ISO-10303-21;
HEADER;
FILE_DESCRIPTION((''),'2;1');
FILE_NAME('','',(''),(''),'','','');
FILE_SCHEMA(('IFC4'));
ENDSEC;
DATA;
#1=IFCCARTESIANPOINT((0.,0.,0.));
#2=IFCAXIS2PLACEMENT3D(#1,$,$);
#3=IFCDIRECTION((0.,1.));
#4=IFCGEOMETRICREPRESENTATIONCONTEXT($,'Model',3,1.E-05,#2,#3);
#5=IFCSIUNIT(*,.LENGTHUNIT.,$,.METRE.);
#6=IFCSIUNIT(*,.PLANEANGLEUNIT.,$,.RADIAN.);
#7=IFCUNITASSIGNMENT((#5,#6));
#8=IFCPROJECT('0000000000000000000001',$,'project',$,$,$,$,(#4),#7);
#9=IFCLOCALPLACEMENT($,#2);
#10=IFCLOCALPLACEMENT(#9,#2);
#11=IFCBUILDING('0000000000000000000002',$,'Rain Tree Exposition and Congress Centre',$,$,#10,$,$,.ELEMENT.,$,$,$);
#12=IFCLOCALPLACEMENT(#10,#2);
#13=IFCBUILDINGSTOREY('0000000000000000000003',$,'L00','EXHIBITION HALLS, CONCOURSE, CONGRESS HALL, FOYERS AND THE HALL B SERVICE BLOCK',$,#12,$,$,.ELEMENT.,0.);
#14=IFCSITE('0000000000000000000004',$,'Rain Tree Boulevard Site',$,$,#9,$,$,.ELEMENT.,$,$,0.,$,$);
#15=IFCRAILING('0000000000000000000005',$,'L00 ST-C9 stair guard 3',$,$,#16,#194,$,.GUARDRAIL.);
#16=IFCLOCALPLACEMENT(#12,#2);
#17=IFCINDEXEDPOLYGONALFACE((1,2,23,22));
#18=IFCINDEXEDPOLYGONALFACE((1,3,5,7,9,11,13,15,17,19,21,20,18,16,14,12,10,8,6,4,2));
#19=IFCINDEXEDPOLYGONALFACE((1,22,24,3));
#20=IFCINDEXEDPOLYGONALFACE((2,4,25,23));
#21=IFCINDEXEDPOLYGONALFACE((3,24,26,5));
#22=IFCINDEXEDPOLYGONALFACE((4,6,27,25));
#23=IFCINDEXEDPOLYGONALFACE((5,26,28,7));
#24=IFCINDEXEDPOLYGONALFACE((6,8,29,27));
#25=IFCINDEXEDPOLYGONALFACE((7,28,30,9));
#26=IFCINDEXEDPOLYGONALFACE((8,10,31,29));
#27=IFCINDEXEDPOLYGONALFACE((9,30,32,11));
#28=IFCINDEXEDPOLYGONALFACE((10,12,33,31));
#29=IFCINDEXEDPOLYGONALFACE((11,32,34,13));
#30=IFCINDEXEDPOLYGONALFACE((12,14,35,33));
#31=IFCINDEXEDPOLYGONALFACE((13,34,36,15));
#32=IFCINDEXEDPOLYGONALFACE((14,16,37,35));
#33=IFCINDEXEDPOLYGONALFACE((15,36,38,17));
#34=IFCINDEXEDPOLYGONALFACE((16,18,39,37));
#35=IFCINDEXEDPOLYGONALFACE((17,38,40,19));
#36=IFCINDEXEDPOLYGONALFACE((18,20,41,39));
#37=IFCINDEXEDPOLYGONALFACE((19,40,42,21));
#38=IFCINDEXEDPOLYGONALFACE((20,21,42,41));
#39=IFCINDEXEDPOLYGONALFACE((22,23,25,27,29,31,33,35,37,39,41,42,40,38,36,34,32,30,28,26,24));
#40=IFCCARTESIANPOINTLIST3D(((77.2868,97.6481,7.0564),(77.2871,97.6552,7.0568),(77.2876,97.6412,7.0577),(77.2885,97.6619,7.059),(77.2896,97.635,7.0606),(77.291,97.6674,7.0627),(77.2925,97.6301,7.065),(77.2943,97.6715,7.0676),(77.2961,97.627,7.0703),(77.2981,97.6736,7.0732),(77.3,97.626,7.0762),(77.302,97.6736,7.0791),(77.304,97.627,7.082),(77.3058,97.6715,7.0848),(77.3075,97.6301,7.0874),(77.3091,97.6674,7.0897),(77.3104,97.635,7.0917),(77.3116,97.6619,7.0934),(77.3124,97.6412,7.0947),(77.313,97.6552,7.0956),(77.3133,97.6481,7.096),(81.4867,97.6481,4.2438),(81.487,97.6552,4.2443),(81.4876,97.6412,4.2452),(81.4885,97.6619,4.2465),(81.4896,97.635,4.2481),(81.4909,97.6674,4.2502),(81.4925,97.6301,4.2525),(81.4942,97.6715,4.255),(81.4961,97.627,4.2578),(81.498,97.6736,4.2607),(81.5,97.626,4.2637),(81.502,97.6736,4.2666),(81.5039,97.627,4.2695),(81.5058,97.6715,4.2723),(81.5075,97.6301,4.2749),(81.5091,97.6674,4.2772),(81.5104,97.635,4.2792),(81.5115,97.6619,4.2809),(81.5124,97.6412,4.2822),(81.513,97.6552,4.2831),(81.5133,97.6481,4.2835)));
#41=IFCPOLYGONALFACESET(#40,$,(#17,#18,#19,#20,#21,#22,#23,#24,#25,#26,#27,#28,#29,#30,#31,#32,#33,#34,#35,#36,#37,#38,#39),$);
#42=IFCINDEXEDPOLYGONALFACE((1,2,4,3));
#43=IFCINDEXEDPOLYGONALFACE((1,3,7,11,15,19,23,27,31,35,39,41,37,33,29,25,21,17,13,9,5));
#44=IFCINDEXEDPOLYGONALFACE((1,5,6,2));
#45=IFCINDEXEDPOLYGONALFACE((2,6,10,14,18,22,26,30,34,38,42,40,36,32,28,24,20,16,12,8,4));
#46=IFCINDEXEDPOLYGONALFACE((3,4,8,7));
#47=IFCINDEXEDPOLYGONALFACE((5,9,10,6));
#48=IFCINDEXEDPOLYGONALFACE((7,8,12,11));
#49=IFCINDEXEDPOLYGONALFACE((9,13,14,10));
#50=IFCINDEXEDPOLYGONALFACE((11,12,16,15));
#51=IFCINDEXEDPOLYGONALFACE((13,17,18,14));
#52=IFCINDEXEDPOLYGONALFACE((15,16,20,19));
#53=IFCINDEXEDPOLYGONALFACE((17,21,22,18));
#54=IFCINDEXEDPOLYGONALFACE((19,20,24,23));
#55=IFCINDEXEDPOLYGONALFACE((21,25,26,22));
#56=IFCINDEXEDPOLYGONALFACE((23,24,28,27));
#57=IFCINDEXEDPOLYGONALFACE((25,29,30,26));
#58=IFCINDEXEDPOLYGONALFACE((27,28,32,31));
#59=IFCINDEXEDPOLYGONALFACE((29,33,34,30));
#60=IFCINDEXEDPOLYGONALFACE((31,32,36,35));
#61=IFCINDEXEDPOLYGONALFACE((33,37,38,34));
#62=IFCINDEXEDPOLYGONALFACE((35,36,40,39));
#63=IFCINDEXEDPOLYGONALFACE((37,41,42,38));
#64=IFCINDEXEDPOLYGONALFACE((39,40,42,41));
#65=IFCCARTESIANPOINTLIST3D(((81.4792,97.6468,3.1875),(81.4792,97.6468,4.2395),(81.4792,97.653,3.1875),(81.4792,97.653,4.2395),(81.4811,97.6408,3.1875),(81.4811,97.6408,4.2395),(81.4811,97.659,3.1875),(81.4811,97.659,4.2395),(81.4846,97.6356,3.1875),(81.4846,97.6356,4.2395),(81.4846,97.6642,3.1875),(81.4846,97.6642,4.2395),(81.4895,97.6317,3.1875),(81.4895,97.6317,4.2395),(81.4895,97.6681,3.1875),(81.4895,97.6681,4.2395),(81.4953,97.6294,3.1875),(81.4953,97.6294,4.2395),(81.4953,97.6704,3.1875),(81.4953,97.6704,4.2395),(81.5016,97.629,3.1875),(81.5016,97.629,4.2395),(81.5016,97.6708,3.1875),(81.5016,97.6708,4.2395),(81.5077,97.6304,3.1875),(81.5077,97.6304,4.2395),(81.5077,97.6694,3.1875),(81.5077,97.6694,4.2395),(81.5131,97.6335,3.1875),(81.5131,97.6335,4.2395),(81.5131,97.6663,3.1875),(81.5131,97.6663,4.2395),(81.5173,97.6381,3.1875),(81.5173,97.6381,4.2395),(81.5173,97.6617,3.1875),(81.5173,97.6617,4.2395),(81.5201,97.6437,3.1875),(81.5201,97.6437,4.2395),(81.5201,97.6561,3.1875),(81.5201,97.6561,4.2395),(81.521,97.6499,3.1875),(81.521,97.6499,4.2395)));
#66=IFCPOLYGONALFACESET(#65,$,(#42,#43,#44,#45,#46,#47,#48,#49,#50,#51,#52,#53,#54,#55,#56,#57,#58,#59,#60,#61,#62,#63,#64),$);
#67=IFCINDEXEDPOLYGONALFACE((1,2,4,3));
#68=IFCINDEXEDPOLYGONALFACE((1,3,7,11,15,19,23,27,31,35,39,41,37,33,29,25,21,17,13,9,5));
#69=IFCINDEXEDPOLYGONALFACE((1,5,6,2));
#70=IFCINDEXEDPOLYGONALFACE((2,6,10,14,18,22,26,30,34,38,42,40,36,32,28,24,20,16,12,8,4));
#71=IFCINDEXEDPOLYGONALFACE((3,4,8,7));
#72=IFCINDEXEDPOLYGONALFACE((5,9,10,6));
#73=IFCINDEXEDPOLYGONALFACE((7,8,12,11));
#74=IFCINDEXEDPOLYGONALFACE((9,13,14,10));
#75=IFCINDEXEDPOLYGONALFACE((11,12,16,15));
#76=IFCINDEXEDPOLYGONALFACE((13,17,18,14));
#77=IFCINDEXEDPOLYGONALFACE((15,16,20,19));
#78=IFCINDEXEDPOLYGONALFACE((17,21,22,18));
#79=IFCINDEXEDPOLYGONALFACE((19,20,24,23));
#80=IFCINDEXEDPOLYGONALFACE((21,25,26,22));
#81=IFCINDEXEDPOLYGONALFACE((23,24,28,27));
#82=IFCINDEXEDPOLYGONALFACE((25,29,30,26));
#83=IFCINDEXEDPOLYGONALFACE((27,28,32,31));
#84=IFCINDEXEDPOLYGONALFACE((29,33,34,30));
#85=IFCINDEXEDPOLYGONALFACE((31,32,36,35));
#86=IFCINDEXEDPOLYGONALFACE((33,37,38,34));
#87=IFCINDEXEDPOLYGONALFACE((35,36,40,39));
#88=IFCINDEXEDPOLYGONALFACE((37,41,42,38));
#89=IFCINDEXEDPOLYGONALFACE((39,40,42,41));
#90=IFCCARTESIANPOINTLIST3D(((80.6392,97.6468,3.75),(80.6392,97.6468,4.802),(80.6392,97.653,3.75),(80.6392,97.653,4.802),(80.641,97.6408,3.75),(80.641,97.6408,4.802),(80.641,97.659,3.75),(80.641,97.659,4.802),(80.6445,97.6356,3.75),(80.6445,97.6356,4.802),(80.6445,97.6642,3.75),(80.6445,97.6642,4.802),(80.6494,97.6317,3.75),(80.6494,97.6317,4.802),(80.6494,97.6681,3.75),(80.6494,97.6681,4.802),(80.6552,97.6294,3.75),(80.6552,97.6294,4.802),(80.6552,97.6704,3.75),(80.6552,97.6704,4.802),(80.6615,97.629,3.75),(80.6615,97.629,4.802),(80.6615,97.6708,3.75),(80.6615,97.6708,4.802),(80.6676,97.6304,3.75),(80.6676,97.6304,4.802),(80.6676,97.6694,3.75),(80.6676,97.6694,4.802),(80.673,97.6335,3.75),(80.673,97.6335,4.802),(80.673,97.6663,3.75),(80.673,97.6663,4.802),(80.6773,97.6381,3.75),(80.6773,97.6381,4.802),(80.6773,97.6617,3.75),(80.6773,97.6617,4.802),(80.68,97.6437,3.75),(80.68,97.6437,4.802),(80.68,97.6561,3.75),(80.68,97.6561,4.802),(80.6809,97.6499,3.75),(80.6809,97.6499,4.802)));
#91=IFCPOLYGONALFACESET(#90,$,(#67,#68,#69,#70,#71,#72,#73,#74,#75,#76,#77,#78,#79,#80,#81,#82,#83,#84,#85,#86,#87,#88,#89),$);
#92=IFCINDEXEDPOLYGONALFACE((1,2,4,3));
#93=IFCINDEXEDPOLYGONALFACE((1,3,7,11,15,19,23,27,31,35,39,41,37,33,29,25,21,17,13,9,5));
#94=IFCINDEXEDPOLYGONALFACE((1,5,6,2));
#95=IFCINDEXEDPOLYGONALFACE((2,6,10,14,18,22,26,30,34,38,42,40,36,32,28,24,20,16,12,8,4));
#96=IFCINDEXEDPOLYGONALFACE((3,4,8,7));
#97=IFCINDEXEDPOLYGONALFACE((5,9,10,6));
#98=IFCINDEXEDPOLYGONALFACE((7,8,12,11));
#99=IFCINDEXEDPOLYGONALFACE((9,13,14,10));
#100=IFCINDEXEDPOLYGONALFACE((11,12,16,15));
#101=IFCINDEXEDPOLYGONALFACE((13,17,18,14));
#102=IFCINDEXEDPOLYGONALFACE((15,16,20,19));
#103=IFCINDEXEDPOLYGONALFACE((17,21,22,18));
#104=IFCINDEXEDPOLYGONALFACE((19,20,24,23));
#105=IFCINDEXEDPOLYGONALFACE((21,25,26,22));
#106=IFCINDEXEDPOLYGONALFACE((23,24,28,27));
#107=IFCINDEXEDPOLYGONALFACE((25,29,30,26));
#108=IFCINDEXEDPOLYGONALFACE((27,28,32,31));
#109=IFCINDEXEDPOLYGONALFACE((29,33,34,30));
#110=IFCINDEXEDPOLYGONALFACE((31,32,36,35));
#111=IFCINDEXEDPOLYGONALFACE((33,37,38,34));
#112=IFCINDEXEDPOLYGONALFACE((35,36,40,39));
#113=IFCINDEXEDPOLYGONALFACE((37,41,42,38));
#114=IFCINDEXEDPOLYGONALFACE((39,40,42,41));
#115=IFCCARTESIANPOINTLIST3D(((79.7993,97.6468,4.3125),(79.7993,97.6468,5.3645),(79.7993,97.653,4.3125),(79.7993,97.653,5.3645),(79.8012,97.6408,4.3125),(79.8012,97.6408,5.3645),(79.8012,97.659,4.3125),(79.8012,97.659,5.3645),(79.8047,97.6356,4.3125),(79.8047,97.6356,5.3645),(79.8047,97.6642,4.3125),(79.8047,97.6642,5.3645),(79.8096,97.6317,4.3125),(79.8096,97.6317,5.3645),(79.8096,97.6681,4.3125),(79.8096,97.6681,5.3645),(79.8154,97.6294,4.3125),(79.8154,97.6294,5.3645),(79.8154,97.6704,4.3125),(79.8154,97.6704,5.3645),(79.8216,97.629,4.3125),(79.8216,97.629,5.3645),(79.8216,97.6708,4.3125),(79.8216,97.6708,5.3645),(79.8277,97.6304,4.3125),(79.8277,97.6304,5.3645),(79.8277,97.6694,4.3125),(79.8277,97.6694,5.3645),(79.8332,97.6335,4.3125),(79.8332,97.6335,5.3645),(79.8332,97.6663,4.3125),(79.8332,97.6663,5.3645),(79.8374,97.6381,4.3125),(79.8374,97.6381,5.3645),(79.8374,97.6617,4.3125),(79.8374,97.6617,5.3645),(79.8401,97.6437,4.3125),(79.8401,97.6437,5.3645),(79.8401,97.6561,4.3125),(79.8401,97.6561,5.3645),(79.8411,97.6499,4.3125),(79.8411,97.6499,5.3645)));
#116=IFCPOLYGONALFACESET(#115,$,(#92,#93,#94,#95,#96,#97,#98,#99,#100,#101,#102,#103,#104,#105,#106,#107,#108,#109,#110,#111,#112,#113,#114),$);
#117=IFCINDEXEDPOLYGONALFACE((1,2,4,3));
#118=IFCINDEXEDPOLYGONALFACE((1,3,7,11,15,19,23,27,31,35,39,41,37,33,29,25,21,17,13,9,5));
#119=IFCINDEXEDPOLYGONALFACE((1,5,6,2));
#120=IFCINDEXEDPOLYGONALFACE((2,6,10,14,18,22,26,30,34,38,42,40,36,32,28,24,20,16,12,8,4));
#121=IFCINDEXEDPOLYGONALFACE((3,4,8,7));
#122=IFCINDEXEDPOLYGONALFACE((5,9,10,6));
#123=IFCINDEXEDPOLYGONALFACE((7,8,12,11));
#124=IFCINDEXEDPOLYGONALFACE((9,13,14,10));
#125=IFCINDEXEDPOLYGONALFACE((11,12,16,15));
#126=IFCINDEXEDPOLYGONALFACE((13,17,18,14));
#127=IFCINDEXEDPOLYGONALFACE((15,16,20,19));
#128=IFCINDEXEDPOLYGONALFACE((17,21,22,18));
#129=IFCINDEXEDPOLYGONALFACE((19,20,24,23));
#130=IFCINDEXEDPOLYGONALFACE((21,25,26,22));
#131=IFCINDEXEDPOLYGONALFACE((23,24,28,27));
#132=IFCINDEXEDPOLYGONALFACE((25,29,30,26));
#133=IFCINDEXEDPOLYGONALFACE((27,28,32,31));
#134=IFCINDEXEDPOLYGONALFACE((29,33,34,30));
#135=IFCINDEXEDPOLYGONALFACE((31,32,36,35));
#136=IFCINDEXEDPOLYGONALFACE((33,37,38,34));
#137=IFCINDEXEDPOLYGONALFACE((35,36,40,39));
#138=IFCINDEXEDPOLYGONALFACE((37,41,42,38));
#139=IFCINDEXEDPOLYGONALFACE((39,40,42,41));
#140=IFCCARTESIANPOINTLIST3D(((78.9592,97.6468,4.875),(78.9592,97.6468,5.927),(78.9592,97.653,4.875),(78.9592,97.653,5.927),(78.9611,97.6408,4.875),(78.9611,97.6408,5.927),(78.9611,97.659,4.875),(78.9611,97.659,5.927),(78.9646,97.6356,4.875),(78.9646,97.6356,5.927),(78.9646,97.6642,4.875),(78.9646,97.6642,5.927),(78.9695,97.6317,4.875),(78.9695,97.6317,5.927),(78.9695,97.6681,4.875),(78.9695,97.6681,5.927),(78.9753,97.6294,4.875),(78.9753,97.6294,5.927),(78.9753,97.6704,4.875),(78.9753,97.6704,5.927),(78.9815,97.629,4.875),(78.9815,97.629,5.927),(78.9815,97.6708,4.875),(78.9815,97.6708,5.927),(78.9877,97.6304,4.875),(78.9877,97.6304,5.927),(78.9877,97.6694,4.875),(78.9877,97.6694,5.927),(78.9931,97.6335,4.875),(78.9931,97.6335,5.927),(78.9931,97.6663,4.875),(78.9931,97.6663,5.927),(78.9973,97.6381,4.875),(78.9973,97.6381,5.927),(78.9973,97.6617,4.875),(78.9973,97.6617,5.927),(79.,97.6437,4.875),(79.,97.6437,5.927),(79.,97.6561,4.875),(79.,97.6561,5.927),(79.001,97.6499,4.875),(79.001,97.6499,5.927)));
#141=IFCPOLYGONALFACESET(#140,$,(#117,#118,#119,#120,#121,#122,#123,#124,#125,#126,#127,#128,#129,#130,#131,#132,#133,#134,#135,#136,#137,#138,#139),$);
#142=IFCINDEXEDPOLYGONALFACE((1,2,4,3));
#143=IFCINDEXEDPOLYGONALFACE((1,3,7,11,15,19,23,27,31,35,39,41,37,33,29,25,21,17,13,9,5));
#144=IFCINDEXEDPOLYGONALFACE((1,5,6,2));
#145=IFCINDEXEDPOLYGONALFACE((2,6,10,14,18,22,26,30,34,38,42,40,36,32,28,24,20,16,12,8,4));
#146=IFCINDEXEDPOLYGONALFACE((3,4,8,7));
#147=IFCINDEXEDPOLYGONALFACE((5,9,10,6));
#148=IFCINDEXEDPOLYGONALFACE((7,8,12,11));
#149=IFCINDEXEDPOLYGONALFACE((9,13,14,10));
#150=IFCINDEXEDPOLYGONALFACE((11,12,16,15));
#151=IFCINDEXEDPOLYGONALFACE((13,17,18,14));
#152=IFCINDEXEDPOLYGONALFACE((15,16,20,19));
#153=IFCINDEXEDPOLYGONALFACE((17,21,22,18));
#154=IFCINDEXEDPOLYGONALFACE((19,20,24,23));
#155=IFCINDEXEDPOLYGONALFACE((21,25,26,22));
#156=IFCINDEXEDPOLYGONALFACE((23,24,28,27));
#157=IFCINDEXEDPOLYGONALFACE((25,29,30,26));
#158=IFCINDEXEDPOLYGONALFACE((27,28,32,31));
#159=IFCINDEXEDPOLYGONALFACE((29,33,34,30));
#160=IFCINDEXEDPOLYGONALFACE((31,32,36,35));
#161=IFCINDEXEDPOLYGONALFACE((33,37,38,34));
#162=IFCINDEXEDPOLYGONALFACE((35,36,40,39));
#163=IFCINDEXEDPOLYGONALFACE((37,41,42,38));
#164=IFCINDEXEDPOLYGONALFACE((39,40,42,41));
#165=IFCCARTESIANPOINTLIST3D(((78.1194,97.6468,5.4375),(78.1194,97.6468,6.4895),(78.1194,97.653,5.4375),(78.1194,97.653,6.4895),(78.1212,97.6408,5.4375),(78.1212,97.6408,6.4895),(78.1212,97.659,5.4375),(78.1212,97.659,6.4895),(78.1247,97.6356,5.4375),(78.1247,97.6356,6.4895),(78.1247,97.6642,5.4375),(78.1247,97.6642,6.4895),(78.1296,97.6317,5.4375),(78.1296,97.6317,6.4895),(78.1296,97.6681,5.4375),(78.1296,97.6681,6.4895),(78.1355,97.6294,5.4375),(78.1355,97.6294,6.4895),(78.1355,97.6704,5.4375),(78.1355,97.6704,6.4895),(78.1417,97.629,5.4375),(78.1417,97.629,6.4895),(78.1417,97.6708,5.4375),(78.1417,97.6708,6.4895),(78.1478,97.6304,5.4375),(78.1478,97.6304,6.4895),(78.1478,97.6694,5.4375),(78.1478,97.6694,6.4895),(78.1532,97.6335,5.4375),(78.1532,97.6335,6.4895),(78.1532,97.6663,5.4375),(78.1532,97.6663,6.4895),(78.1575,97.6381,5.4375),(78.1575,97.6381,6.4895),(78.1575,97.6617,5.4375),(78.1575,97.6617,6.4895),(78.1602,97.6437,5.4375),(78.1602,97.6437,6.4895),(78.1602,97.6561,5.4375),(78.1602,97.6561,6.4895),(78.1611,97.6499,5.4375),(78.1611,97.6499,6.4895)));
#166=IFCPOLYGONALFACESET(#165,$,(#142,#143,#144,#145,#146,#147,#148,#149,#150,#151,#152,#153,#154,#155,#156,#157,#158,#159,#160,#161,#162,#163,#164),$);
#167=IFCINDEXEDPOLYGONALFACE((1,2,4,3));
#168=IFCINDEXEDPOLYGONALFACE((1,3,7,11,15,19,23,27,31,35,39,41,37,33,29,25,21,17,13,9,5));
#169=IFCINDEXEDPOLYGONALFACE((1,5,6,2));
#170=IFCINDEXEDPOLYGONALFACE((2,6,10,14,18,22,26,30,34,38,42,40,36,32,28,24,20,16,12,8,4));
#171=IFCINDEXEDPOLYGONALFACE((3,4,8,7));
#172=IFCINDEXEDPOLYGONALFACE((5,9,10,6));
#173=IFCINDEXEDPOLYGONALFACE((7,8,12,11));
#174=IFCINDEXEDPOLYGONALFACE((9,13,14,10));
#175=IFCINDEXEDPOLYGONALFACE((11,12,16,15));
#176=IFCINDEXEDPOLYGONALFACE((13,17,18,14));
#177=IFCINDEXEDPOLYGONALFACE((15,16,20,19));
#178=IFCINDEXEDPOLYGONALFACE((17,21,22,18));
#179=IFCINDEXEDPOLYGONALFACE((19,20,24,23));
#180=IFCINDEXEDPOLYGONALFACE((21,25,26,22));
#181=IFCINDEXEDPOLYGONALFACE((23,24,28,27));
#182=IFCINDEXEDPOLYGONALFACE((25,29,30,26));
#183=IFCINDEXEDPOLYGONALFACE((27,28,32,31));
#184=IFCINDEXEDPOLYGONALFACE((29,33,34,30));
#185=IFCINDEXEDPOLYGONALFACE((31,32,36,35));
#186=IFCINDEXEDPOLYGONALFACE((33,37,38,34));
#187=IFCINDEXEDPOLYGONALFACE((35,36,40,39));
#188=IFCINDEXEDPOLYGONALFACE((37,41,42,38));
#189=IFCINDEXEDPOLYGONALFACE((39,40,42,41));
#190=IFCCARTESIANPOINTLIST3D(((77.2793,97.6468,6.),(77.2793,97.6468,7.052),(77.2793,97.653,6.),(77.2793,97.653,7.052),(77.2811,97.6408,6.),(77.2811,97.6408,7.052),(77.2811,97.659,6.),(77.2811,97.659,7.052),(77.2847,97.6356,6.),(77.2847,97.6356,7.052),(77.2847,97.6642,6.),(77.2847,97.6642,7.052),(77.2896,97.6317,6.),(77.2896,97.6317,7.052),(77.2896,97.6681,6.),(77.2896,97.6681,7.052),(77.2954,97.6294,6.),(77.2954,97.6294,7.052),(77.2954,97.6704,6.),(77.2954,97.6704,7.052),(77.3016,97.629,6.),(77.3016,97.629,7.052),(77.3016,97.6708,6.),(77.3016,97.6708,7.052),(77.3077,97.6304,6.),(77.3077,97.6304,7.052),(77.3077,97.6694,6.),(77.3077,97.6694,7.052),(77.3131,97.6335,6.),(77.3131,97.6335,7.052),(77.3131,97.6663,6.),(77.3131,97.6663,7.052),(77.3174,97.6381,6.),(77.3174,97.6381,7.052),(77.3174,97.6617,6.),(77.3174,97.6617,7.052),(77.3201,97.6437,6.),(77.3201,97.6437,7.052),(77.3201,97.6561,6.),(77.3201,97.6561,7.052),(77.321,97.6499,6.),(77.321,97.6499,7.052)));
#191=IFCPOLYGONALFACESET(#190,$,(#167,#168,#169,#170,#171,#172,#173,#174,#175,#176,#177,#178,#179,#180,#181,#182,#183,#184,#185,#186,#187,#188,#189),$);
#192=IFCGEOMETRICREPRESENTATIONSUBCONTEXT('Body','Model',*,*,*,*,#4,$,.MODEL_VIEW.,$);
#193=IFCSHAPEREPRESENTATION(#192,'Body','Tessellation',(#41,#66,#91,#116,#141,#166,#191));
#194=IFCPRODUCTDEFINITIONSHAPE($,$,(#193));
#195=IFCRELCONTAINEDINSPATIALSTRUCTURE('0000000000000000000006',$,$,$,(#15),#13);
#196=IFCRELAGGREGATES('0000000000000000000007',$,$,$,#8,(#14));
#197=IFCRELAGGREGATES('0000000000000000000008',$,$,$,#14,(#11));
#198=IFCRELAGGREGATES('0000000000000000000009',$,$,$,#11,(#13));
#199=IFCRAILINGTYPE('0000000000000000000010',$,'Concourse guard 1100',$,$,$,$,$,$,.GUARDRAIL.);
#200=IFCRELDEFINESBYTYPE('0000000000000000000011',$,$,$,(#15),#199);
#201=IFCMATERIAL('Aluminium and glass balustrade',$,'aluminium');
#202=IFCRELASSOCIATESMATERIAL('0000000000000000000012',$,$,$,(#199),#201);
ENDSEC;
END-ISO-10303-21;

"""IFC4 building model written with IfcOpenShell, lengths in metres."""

from ifc_helpers import new_model, si_unit, direction, frame, origin, origin_2d, place, context, subcontext, project, spatial, circle, extrude, material, type_object, element, save


model = new_model("IFC4")

# Units and contexts
model_context = context("Model", 3, precision=1e-05, world=origin(), true_north=direction((0.0, 1.0)))
body_context = subcontext(model_context, "Body", "Model", "MODEL_VIEW")
ifc_project = project(units=[si_unit("LENGTHUNIT", "METRE"), si_unit("PLANEANGLEUNIT", "RADIAN")], contexts=[model_context])

# Site, building, storey
site_placement = place(None, origin())
site = spatial("IfcSite", under=ifc_project, at=site_placement, Name="Rain Tree Boulevard Site", CompositionType="ELEMENT", RefElevation=0.0)
building_placement = place(site_placement, origin())
building = spatial("IfcBuilding", under=site, at=building_placement, Name="Rain Tree Exposition and Congress Centre", CompositionType="ELEMENT")
storey_placement = place(building_placement, origin())
storey = spatial("IfcBuildingStorey", under=building, at=storey_placement, Name="L00", Description="EXHIBITION HALLS, CONCOURSE, CONGRESS HALL, FOYERS AND THE HALL B SERVICE BLOCK", CompositionType="ELEMENT", Elevation=0.0)

# Railing
ifc_material_1 = material(Name="Aluminium and glass balustrade", Category="aluminium")
railing_type_1 = type_object("IfcRailingType", Name="Concourse guard 1100", PredefinedType="GUARDRAIL", material=ifc_material_1)
railing_1_placement = place(storey_placement, frame((81.5, 97.6499, 3.1875)))
element("IfcRailing", 1, at=railing_1_placement, inside=storey, type_object=railing_type_1, Name="L00 ST-C9 stair guard 3", PredefinedType="GUARDRAIL", context=body_context, shape_type="SweptSolid", body=[
    extrude(circle(Radius=0.0239, at=origin_2d()), frame((0.0, 0.0, 1.0762), z_axis=(-0.830904, 0.0, 0.556416), x_axis=(0.0, -1.0, 0.0)), (0.0, 0.0, 1.0), 5.0547),
    extrude(circle(Radius=0.021, at=origin_2d()), origin(), (0.0, 0.0, 1.0), 1.052),
    extrude(circle(Radius=0.021, at=origin_2d()), frame((-0.8401, 0.0, 0.5625)), (0.0, 0.0, 1.0), 1.052),
    extrude(circle(Radius=0.021, at=origin_2d()), frame((-1.6799, 0.0, 1.125)), (0.0, 0.0, 1.0), 1.052),
    extrude(circle(Radius=0.021, at=origin_2d()), frame((-2.52, 0.0, 1.6875)), (0.0, 0.0, 1.0), 1.052),
    extrude(circle(Radius=0.021, at=origin_2d()), frame((-3.3599, 0.0, 2.25)), (0.0, 0.0, 1.0), 1.052),
    extrude(circle(Radius=0.021, at=origin_2d()), frame((-4.2, 0.0, 2.8125)), (0.0, 0.0, 1.0), 1.052),
])

save(model, "model.ifc")
